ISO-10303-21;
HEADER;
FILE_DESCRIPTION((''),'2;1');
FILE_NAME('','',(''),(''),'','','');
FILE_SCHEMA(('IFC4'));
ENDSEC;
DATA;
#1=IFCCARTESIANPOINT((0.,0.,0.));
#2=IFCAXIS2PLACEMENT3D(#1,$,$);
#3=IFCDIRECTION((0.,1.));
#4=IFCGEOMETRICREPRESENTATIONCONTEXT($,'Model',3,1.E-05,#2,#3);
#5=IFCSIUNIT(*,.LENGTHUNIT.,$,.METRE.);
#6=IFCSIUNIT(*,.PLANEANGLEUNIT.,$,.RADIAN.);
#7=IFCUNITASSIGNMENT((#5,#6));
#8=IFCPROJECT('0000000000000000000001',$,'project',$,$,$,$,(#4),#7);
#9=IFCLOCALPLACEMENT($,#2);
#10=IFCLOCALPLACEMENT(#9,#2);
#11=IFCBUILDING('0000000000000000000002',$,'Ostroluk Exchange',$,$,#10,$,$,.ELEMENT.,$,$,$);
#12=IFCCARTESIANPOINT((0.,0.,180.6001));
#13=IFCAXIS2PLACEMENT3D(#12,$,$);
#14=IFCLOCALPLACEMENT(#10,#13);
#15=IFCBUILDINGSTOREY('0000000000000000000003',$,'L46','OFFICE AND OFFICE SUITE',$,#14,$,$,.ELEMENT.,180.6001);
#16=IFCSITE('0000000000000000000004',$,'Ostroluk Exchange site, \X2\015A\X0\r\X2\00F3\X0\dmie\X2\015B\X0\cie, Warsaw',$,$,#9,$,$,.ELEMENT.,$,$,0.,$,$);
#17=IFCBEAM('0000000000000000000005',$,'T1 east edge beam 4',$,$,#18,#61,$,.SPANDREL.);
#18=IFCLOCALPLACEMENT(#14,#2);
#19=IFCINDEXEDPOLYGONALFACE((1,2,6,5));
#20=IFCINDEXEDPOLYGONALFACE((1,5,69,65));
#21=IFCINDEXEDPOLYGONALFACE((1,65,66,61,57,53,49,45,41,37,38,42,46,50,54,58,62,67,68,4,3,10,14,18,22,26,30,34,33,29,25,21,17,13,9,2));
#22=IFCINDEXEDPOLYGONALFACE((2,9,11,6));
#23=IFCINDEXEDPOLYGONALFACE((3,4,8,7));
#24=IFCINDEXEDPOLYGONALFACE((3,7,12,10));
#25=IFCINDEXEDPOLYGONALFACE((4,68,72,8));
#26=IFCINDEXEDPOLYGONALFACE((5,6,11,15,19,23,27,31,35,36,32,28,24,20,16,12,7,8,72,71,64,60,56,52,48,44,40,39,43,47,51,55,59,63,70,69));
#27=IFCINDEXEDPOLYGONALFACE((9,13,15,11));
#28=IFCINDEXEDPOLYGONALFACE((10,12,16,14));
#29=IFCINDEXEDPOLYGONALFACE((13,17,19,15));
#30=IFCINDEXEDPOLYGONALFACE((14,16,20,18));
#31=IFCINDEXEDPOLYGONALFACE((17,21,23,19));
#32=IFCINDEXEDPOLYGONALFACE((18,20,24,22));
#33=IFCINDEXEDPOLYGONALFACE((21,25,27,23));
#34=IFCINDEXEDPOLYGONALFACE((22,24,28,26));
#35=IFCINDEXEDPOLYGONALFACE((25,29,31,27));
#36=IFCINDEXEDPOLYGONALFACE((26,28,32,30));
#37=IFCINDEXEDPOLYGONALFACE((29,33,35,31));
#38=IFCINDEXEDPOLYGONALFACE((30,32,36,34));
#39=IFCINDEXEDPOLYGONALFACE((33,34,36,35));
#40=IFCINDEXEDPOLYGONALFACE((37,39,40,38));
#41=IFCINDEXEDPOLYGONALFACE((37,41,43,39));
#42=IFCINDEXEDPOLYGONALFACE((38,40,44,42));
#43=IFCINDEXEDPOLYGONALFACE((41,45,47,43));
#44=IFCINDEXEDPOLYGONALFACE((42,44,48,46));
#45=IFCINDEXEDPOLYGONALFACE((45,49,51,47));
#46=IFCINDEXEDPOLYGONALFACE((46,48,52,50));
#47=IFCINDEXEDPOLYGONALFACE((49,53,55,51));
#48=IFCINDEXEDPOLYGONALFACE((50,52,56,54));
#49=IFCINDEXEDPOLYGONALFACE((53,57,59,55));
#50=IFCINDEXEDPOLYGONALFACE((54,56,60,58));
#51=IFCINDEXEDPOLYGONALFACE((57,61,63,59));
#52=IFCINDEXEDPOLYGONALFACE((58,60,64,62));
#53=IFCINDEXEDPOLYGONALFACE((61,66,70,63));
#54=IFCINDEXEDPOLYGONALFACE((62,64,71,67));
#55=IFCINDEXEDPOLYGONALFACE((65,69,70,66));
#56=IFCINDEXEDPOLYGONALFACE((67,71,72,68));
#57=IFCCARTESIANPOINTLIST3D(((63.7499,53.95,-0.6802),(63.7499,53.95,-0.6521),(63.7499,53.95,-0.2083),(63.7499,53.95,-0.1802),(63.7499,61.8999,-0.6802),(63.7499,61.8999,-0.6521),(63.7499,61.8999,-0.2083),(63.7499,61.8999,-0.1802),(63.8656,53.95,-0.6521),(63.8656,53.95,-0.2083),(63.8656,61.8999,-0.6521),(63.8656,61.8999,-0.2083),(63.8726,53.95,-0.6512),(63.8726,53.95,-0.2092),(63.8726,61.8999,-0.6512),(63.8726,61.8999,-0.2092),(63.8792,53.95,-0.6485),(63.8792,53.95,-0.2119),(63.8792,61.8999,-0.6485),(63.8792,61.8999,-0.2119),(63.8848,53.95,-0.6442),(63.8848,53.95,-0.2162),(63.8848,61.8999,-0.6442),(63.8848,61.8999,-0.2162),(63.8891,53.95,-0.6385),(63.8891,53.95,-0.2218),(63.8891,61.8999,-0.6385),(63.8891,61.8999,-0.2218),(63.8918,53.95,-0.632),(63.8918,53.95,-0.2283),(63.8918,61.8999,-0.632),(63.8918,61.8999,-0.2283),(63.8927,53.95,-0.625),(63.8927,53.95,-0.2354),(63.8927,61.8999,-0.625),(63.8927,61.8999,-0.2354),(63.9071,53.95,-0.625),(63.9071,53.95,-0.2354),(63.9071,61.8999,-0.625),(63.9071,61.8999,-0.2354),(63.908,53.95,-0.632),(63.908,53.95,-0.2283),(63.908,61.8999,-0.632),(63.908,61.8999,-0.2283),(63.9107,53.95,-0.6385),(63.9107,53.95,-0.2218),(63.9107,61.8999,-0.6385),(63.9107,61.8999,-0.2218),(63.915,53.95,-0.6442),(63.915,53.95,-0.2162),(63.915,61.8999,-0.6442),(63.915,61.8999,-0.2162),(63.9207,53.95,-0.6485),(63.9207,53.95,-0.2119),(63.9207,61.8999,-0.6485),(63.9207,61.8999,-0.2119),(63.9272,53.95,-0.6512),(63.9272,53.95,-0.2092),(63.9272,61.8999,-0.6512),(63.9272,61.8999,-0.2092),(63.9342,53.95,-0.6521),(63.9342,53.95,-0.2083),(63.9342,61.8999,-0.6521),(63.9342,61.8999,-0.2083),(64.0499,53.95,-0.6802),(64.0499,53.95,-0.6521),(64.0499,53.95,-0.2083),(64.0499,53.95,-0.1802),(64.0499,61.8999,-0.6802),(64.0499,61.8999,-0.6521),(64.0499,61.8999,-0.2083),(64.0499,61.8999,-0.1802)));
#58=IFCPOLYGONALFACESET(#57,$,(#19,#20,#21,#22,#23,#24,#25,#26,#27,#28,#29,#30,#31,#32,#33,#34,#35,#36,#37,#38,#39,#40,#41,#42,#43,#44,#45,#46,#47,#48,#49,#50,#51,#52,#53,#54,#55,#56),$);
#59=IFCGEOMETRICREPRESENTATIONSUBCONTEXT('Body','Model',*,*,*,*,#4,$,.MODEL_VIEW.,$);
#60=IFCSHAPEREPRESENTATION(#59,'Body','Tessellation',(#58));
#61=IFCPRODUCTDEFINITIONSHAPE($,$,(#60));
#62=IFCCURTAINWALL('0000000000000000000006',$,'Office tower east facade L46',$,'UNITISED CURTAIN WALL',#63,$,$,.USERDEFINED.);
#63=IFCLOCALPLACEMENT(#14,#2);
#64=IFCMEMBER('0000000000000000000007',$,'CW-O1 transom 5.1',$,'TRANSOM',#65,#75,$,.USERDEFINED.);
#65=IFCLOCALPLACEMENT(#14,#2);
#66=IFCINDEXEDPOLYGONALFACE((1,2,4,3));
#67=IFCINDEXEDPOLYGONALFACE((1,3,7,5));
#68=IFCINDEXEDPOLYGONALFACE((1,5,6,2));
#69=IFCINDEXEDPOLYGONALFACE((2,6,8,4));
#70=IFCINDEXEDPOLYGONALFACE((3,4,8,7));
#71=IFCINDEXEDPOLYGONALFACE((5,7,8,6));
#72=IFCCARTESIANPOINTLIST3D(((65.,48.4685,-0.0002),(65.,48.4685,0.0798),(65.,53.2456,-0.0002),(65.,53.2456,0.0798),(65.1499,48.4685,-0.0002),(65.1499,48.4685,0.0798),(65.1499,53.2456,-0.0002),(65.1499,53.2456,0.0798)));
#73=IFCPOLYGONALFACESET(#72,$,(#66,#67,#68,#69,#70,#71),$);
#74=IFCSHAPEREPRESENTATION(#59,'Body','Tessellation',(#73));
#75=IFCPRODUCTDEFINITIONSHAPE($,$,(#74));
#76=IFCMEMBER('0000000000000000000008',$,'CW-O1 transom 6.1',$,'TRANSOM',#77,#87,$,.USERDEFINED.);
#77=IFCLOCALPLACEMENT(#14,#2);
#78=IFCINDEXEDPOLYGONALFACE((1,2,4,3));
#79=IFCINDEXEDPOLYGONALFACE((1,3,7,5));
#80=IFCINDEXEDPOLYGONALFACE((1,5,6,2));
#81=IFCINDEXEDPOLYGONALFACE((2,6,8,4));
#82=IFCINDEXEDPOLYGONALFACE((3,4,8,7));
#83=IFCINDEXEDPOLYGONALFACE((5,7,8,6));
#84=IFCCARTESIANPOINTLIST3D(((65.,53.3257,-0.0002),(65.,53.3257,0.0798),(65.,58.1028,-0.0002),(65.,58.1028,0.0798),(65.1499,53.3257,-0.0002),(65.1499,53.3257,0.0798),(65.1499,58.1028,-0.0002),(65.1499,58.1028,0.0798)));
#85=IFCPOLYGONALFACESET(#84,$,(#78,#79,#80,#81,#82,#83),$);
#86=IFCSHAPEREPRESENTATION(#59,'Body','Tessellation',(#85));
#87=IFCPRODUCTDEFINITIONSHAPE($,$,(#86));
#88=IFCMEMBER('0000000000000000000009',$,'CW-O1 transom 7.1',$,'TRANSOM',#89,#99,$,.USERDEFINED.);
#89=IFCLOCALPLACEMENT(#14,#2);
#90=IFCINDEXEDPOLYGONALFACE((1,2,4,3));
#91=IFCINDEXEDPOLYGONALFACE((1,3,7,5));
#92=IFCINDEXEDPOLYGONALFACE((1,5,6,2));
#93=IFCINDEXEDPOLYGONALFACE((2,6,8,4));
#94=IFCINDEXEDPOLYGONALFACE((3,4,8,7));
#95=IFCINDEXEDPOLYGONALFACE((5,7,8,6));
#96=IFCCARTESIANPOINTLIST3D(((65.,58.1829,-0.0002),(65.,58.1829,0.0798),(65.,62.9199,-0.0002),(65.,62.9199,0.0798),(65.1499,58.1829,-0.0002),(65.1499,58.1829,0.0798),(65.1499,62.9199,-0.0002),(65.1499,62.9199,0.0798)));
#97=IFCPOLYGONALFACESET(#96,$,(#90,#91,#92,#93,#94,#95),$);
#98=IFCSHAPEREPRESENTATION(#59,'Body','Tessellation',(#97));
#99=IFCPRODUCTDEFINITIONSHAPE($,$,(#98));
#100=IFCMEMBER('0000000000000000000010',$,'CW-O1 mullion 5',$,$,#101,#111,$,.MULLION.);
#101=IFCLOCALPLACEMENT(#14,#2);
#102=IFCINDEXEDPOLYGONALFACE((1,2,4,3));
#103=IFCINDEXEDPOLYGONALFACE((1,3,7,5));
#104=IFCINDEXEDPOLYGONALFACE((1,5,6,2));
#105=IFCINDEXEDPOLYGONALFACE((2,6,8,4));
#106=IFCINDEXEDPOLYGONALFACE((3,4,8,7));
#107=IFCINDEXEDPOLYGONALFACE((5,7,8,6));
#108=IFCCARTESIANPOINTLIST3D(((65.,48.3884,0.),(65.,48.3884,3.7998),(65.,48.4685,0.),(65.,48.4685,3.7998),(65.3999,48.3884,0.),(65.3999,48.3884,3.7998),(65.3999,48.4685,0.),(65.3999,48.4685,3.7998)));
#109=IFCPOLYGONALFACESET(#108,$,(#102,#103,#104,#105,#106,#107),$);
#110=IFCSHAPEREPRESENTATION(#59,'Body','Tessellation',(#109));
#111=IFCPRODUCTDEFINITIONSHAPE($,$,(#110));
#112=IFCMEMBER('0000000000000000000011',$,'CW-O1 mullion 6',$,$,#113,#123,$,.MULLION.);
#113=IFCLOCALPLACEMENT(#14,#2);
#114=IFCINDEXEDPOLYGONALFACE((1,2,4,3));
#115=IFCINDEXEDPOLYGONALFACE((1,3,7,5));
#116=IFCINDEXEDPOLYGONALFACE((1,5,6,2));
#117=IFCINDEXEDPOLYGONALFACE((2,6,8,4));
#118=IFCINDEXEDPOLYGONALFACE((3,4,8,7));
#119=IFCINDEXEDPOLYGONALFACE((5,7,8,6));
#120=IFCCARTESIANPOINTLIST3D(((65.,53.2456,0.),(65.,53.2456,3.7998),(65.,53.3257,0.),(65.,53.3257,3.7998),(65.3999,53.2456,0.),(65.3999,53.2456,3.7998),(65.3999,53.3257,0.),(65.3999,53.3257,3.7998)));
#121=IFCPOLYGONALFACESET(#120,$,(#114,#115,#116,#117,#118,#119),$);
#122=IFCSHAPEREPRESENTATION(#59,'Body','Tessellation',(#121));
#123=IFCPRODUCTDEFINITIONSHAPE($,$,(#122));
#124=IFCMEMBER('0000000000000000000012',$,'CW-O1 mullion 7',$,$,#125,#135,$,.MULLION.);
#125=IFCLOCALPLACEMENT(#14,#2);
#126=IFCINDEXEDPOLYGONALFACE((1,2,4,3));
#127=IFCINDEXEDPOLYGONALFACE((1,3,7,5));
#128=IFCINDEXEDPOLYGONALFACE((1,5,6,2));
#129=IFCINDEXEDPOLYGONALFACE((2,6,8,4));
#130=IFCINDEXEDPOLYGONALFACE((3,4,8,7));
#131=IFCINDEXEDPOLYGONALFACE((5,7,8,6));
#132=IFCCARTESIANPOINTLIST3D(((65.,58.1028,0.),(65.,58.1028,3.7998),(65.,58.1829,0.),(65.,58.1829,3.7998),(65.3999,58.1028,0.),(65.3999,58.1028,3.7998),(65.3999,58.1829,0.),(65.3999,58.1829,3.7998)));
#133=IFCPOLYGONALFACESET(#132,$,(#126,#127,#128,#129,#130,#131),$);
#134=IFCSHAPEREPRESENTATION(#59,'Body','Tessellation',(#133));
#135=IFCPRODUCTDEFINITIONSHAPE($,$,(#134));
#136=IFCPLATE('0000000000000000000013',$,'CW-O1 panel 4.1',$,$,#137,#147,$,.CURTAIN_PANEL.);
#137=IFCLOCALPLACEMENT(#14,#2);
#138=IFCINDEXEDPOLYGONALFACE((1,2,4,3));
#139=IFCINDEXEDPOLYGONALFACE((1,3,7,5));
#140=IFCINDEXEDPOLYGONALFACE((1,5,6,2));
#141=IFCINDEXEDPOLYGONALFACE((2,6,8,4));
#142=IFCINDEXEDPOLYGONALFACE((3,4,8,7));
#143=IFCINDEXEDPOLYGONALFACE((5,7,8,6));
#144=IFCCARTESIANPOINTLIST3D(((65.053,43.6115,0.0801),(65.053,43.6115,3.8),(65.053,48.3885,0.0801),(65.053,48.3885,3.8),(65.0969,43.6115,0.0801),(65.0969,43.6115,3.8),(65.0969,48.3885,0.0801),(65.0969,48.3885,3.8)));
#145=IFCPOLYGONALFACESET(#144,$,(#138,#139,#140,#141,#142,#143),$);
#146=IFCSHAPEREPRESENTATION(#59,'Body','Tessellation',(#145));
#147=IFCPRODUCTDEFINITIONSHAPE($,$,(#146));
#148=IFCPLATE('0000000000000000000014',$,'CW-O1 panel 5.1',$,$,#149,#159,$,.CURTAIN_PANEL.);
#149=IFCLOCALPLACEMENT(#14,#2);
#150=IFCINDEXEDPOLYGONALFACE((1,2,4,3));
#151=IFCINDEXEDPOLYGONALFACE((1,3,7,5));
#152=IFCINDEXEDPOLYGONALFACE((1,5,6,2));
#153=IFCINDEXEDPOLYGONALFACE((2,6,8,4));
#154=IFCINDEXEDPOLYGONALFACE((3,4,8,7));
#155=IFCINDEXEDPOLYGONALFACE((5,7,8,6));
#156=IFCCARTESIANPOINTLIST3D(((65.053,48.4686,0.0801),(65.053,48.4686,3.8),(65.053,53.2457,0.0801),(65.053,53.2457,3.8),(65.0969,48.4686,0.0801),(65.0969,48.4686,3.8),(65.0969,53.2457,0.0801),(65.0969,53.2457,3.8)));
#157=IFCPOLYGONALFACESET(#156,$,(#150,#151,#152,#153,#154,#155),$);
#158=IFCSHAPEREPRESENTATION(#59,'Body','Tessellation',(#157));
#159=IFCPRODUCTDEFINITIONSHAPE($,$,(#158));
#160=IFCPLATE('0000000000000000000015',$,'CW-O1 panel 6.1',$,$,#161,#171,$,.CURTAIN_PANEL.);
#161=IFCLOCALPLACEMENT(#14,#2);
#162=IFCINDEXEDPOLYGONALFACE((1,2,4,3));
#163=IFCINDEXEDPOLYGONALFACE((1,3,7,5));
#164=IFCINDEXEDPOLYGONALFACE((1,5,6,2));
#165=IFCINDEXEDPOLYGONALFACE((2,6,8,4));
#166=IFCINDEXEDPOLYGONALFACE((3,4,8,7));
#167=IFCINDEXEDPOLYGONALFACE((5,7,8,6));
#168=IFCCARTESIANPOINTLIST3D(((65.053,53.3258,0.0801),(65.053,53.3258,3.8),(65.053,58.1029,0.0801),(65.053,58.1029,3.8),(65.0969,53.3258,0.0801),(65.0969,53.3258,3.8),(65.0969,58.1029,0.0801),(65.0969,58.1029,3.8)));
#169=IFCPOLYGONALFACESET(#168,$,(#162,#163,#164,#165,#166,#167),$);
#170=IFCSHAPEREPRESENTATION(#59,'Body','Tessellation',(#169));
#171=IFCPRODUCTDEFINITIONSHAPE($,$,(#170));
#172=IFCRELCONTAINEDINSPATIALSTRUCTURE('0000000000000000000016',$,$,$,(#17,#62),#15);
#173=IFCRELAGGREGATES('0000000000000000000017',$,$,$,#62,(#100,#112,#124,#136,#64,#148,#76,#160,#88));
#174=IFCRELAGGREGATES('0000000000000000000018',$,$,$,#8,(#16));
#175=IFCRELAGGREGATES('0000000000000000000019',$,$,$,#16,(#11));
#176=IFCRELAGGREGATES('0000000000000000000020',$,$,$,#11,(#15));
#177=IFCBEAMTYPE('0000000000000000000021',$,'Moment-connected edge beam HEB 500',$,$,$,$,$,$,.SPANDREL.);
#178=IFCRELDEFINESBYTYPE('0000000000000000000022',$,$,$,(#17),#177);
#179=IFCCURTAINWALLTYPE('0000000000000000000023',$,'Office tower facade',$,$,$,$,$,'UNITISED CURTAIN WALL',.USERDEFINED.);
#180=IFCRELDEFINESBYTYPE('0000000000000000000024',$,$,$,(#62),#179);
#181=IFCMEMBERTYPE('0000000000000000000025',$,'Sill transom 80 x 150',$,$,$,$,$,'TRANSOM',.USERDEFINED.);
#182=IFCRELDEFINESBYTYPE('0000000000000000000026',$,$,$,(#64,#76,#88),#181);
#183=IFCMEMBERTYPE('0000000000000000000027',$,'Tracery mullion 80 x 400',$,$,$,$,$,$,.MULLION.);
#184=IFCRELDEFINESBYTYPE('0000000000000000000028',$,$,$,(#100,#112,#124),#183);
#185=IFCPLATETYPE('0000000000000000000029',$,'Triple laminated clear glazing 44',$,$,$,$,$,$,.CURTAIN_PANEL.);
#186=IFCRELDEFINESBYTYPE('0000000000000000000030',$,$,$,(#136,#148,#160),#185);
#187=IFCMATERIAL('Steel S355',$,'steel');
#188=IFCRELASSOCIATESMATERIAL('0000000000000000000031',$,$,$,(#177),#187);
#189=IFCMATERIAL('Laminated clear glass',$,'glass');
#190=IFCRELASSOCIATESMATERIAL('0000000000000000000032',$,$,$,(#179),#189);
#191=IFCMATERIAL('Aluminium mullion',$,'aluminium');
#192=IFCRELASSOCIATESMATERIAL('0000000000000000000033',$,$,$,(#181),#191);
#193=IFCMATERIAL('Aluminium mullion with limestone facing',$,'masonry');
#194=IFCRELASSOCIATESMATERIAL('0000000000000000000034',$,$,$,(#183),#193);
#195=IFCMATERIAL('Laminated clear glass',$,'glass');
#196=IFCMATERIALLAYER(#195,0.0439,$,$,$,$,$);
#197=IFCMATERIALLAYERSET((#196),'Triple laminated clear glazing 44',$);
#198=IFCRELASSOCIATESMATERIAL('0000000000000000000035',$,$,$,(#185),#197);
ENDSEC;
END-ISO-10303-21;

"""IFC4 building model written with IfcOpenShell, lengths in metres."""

from ifc_helpers import new_model, si_unit, direction, frame, origin, origin_2d, place, context, subcontext, project, spatial, rectangle, i_section, extrude, material, layer, layer_set, material_profile, profile_set, type_object, element, aggregate, save


model = new_model("IFC4")

# Units and contexts
model_context = context("Model", 3, precision=1e-05, world=origin(), true_north=direction((0.0, 1.0)))
body_context = subcontext(model_context, "Body", "Model", "MODEL_VIEW")
ifc_project = project(units=[si_unit("LENGTHUNIT", "METRE"), si_unit("PLANEANGLEUNIT", "RADIAN")], contexts=[model_context])

# Site, building, storey
site_placement = place(None, origin())
site = spatial("IfcSite", under=ifc_project, at=site_placement, Name="Ostroluk Exchange site, Śródmieście, Warsaw", CompositionType="ELEMENT", RefElevation=0.0)
building_placement = place(site_placement, origin())
building = spatial("IfcBuilding", under=site, at=building_placement, Name="Ostroluk Exchange", CompositionType="ELEMENT")
storey_placement = place(building_placement, frame((0.0, 0.0, 180.6001)))
storey = spatial("IfcBuildingStorey", under=building, at=storey_placement, Name="L46", Description="OFFICE AND OFFICE SUITE", CompositionType="ELEMENT", Elevation=180.6001)

# Beam
ifc_material_1 = material(Name="Steel S355", Category="steel")
ifc_material_profile_1 = material_profile(ifc_material_1, i_section(OverallWidth=0.3, OverallDepth=0.5, WebThickness=0.0144, FlangeThickness=0.0281, FilletRadius=0.0271, at=origin_2d()), Name="HEB 500")
ifc_profile_set_1 = profile_set([ifc_material_profile_1], Name="Steel S355")
beam_type = type_object("IfcBeamType", Name="Moment-connected edge beam HEB 500", PredefinedType="SPANDREL", material=ifc_profile_set_1)
for number, where, z_axis, x_axis, name in (
    (1, (63.8999, 53.95, -0.4302), (0.0, 1.0, 0.0), (-1.0, 0.0, 0.0), "T1 east edge beam 4"),
):
    element("IfcBeam", number, at=place(storey_placement, frame(where, z_axis=z_axis, x_axis=x_axis)), inside=storey, type_object=beam_type, Name=name, PredefinedType="SPANDREL", context=body_context, shape_type="SweptSolid", body=[
        extrude(i_section(OverallWidth=0.3, OverallDepth=0.5, WebThickness=0.0144, FlangeThickness=0.0281, FilletRadius=0.0271, at=origin_2d()), origin(), (0.0, 0.0, 1.0), 7.95),
    ])

# Curtain wall, members, plates
ifc_material_2 = material(Name="Laminated clear glass", Category="glass")
curtain_wall_type = type_object("IfcCurtainWallType", Name="Office tower facade", ElementType="UNITISED CURTAIN WALL", PredefinedType="USERDEFINED", material=ifc_material_2)
curtain_wall_placement = place(storey_placement, origin())
curtain_wall = element("IfcCurtainWall", 2, at=curtain_wall_placement, inside=storey, type_object=curtain_wall_type, Name="Office tower east facade L46", ObjectType="UNITISED CURTAIN WALL", PredefinedType="USERDEFINED")
ifc_material_3 = material(Name="Aluminium mullion", Category="aluminium")
ifc_material_profile_2 = material_profile(ifc_material_3, rectangle(XDim=0.1499, YDim=0.0801, at=origin_2d()), Name="Sill transom 80 x 150")
ifc_profile_set_2 = profile_set([ifc_material_profile_2], Name="Aluminium mullion")
member_type_1 = type_object("IfcMemberType", Name="Sill transom 80 x 150", ElementType="TRANSOM", PredefinedType="USERDEFINED", material=ifc_profile_set_2)
member_1_placement = place(storey_placement, frame((65.075, 48.4685, 0.0398), z_axis=(0.0, 1.0, 0.0), x_axis=(-1.0, 0.0, 0.0)))
member_1 = element("IfcMember", 3, at=member_1_placement, type_object=member_type_1, Name="CW-O1 transom 5.1", ObjectType="TRANSOM", PredefinedType="USERDEFINED", context=body_context, shape_type="SweptSolid", body=[
    extrude(rectangle(XDim=0.1499, YDim=0.0801, at=origin_2d()), origin(), (0.0, 0.0, 1.0), 4.7771),
])
member_2_placement = place(storey_placement, frame((65.075, 53.3257, 0.0398), z_axis=(0.0, 1.0, 0.0), x_axis=(-1.0, 0.0, 0.0)))
member_2 = element("IfcMember", 4, at=member_2_placement, type_object=member_type_1, Name="CW-O1 transom 6.1", ObjectType="TRANSOM", PredefinedType="USERDEFINED", context=body_context, shape_type="SweptSolid", body=[
    extrude(rectangle(XDim=0.1499, YDim=0.0801, at=origin_2d()), origin(), (0.0, 0.0, 1.0), 4.7771),
])
member_3_placement = place(storey_placement, frame((65.075, 58.1829, 0.0398), z_axis=(0.0, 1.0, 0.0), x_axis=(-1.0, 0.0, 0.0)))
member_3 = element("IfcMember", 5, at=member_3_placement, type_object=member_type_1, Name="CW-O1 transom 7.1", ObjectType="TRANSOM", PredefinedType="USERDEFINED", context=body_context, shape_type="SweptSolid", body=[
    extrude(rectangle(XDim=0.1499, YDim=0.0801, at=origin_2d()), origin(), (0.0, 0.0, 1.0), 4.7371),
])
ifc_material_4 = material(Name="Aluminium mullion with limestone facing", Category="masonry")
ifc_material_profile_3 = material_profile(ifc_material_4, rectangle(XDim=0.3999, YDim=0.0801, at=origin_2d()), Name="Tracery mullion 80 x 400")
ifc_profile_set_3 = profile_set([ifc_material_profile_3], Name="Aluminium mullion with limestone facing")
member_type_2 = type_object("IfcMemberType", Name="Tracery mullion 80 x 400", PredefinedType="MULLION", material=ifc_profile_set_3)
member_4_placement = place(storey_placement, frame((65.2, 48.4285, 0.0), z_axis=(0.0, 0.0, 1.0), x_axis=(-1.0, 0.0, 0.0)))
member_4 = element("IfcMember", 6, at=member_4_placement, type_object=member_type_2, Name="CW-O1 mullion 5", PredefinedType="MULLION", context=body_context, shape_type="SweptSolid", body=[
    extrude(rectangle(XDim=0.3999, YDim=0.0801, at=origin_2d()), origin(), (0.0, 0.0, 1.0), 3.7998),
])
member_5_placement = place(storey_placement, frame((65.2, 53.2856, 0.0), z_axis=(0.0, 0.0, 1.0), x_axis=(-1.0, 0.0, 0.0)))
member_5 = element("IfcMember", 7, at=member_5_placement, type_object=member_type_2, Name="CW-O1 mullion 6", PredefinedType="MULLION", context=body_context, shape_type="SweptSolid", body=[
    extrude(rectangle(XDim=0.3999, YDim=0.0801, at=origin_2d()), origin(), (0.0, 0.0, 1.0), 3.7998),
])
member_6_placement = place(storey_placement, frame((65.2, 58.1428, 0.0), z_axis=(0.0, 0.0, 1.0), x_axis=(-1.0, 0.0, 0.0)))
member_6 = element("IfcMember", 8, at=member_6_placement, type_object=member_type_2, Name="CW-O1 mullion 7", PredefinedType="MULLION", context=body_context, shape_type="SweptSolid", body=[
    extrude(rectangle(XDim=0.3999, YDim=0.0801, at=origin_2d()), origin(), (0.0, 0.0, 1.0), 3.7998),
])
ifc_material_5 = material(Name="Laminated clear glass", Category="glass")
ifc_layer_1 = layer(ifc_material_5, 0.0439)
ifc_layer_set_1 = layer_set([ifc_layer_1], Name="Triple laminated clear glazing 44")
plate_type = type_object("IfcPlateType", Name="Triple laminated clear glazing 44", PredefinedType="CURTAIN_PANEL", material=ifc_layer_set_1)
plate_1_placement = place(storey_placement, frame((65.075, 46.0, 0.0801), z_axis=(0.0, 0.0, 1.0), x_axis=(0.0, 1.0, 0.0)))
plate_1 = element("IfcPlate", 9, at=plate_1_placement, type_object=plate_type, Name="CW-O1 panel 4.1", PredefinedType="CURTAIN_PANEL", context=body_context, shape_type="SweptSolid", body=[
    extrude(rectangle(XDim=4.7771, YDim=0.0439, at=origin_2d()), origin(), (0.0, 0.0, 1.0), 3.72),
])
plate_2_placement = place(storey_placement, frame((65.075, 50.8572, 0.0801), z_axis=(0.0, 0.0, 1.0), x_axis=(0.0, 1.0, 0.0)))
plate_2 = element("IfcPlate", 10, at=plate_2_placement, type_object=plate_type, Name="CW-O1 panel 5.1", PredefinedType="CURTAIN_PANEL", context=body_context, shape_type="SweptSolid", body=[
    extrude(rectangle(XDim=4.7771, YDim=0.0439, at=origin_2d()), origin(), (0.0, 0.0, 1.0), 3.72),
])
plate_3_placement = place(storey_placement, frame((65.075, 55.7144, 0.0801), z_axis=(0.0, 0.0, 1.0), x_axis=(0.0, 1.0, 0.0)))
plate_3 = element("IfcPlate", 11, at=plate_3_placement, type_object=plate_type, Name="CW-O1 panel 6.1", PredefinedType="CURTAIN_PANEL", context=body_context, shape_type="SweptSolid", body=[
    extrude(rectangle(XDim=4.7771, YDim=0.0439, at=origin_2d()), origin(), (0.0, 0.0, 1.0), 3.72),
])
aggregate(curtain_wall, [member_4, member_5, member_6, plate_1, member_1, plate_2, member_2, plate_3, member_3])

save(model, "model.ifc")
